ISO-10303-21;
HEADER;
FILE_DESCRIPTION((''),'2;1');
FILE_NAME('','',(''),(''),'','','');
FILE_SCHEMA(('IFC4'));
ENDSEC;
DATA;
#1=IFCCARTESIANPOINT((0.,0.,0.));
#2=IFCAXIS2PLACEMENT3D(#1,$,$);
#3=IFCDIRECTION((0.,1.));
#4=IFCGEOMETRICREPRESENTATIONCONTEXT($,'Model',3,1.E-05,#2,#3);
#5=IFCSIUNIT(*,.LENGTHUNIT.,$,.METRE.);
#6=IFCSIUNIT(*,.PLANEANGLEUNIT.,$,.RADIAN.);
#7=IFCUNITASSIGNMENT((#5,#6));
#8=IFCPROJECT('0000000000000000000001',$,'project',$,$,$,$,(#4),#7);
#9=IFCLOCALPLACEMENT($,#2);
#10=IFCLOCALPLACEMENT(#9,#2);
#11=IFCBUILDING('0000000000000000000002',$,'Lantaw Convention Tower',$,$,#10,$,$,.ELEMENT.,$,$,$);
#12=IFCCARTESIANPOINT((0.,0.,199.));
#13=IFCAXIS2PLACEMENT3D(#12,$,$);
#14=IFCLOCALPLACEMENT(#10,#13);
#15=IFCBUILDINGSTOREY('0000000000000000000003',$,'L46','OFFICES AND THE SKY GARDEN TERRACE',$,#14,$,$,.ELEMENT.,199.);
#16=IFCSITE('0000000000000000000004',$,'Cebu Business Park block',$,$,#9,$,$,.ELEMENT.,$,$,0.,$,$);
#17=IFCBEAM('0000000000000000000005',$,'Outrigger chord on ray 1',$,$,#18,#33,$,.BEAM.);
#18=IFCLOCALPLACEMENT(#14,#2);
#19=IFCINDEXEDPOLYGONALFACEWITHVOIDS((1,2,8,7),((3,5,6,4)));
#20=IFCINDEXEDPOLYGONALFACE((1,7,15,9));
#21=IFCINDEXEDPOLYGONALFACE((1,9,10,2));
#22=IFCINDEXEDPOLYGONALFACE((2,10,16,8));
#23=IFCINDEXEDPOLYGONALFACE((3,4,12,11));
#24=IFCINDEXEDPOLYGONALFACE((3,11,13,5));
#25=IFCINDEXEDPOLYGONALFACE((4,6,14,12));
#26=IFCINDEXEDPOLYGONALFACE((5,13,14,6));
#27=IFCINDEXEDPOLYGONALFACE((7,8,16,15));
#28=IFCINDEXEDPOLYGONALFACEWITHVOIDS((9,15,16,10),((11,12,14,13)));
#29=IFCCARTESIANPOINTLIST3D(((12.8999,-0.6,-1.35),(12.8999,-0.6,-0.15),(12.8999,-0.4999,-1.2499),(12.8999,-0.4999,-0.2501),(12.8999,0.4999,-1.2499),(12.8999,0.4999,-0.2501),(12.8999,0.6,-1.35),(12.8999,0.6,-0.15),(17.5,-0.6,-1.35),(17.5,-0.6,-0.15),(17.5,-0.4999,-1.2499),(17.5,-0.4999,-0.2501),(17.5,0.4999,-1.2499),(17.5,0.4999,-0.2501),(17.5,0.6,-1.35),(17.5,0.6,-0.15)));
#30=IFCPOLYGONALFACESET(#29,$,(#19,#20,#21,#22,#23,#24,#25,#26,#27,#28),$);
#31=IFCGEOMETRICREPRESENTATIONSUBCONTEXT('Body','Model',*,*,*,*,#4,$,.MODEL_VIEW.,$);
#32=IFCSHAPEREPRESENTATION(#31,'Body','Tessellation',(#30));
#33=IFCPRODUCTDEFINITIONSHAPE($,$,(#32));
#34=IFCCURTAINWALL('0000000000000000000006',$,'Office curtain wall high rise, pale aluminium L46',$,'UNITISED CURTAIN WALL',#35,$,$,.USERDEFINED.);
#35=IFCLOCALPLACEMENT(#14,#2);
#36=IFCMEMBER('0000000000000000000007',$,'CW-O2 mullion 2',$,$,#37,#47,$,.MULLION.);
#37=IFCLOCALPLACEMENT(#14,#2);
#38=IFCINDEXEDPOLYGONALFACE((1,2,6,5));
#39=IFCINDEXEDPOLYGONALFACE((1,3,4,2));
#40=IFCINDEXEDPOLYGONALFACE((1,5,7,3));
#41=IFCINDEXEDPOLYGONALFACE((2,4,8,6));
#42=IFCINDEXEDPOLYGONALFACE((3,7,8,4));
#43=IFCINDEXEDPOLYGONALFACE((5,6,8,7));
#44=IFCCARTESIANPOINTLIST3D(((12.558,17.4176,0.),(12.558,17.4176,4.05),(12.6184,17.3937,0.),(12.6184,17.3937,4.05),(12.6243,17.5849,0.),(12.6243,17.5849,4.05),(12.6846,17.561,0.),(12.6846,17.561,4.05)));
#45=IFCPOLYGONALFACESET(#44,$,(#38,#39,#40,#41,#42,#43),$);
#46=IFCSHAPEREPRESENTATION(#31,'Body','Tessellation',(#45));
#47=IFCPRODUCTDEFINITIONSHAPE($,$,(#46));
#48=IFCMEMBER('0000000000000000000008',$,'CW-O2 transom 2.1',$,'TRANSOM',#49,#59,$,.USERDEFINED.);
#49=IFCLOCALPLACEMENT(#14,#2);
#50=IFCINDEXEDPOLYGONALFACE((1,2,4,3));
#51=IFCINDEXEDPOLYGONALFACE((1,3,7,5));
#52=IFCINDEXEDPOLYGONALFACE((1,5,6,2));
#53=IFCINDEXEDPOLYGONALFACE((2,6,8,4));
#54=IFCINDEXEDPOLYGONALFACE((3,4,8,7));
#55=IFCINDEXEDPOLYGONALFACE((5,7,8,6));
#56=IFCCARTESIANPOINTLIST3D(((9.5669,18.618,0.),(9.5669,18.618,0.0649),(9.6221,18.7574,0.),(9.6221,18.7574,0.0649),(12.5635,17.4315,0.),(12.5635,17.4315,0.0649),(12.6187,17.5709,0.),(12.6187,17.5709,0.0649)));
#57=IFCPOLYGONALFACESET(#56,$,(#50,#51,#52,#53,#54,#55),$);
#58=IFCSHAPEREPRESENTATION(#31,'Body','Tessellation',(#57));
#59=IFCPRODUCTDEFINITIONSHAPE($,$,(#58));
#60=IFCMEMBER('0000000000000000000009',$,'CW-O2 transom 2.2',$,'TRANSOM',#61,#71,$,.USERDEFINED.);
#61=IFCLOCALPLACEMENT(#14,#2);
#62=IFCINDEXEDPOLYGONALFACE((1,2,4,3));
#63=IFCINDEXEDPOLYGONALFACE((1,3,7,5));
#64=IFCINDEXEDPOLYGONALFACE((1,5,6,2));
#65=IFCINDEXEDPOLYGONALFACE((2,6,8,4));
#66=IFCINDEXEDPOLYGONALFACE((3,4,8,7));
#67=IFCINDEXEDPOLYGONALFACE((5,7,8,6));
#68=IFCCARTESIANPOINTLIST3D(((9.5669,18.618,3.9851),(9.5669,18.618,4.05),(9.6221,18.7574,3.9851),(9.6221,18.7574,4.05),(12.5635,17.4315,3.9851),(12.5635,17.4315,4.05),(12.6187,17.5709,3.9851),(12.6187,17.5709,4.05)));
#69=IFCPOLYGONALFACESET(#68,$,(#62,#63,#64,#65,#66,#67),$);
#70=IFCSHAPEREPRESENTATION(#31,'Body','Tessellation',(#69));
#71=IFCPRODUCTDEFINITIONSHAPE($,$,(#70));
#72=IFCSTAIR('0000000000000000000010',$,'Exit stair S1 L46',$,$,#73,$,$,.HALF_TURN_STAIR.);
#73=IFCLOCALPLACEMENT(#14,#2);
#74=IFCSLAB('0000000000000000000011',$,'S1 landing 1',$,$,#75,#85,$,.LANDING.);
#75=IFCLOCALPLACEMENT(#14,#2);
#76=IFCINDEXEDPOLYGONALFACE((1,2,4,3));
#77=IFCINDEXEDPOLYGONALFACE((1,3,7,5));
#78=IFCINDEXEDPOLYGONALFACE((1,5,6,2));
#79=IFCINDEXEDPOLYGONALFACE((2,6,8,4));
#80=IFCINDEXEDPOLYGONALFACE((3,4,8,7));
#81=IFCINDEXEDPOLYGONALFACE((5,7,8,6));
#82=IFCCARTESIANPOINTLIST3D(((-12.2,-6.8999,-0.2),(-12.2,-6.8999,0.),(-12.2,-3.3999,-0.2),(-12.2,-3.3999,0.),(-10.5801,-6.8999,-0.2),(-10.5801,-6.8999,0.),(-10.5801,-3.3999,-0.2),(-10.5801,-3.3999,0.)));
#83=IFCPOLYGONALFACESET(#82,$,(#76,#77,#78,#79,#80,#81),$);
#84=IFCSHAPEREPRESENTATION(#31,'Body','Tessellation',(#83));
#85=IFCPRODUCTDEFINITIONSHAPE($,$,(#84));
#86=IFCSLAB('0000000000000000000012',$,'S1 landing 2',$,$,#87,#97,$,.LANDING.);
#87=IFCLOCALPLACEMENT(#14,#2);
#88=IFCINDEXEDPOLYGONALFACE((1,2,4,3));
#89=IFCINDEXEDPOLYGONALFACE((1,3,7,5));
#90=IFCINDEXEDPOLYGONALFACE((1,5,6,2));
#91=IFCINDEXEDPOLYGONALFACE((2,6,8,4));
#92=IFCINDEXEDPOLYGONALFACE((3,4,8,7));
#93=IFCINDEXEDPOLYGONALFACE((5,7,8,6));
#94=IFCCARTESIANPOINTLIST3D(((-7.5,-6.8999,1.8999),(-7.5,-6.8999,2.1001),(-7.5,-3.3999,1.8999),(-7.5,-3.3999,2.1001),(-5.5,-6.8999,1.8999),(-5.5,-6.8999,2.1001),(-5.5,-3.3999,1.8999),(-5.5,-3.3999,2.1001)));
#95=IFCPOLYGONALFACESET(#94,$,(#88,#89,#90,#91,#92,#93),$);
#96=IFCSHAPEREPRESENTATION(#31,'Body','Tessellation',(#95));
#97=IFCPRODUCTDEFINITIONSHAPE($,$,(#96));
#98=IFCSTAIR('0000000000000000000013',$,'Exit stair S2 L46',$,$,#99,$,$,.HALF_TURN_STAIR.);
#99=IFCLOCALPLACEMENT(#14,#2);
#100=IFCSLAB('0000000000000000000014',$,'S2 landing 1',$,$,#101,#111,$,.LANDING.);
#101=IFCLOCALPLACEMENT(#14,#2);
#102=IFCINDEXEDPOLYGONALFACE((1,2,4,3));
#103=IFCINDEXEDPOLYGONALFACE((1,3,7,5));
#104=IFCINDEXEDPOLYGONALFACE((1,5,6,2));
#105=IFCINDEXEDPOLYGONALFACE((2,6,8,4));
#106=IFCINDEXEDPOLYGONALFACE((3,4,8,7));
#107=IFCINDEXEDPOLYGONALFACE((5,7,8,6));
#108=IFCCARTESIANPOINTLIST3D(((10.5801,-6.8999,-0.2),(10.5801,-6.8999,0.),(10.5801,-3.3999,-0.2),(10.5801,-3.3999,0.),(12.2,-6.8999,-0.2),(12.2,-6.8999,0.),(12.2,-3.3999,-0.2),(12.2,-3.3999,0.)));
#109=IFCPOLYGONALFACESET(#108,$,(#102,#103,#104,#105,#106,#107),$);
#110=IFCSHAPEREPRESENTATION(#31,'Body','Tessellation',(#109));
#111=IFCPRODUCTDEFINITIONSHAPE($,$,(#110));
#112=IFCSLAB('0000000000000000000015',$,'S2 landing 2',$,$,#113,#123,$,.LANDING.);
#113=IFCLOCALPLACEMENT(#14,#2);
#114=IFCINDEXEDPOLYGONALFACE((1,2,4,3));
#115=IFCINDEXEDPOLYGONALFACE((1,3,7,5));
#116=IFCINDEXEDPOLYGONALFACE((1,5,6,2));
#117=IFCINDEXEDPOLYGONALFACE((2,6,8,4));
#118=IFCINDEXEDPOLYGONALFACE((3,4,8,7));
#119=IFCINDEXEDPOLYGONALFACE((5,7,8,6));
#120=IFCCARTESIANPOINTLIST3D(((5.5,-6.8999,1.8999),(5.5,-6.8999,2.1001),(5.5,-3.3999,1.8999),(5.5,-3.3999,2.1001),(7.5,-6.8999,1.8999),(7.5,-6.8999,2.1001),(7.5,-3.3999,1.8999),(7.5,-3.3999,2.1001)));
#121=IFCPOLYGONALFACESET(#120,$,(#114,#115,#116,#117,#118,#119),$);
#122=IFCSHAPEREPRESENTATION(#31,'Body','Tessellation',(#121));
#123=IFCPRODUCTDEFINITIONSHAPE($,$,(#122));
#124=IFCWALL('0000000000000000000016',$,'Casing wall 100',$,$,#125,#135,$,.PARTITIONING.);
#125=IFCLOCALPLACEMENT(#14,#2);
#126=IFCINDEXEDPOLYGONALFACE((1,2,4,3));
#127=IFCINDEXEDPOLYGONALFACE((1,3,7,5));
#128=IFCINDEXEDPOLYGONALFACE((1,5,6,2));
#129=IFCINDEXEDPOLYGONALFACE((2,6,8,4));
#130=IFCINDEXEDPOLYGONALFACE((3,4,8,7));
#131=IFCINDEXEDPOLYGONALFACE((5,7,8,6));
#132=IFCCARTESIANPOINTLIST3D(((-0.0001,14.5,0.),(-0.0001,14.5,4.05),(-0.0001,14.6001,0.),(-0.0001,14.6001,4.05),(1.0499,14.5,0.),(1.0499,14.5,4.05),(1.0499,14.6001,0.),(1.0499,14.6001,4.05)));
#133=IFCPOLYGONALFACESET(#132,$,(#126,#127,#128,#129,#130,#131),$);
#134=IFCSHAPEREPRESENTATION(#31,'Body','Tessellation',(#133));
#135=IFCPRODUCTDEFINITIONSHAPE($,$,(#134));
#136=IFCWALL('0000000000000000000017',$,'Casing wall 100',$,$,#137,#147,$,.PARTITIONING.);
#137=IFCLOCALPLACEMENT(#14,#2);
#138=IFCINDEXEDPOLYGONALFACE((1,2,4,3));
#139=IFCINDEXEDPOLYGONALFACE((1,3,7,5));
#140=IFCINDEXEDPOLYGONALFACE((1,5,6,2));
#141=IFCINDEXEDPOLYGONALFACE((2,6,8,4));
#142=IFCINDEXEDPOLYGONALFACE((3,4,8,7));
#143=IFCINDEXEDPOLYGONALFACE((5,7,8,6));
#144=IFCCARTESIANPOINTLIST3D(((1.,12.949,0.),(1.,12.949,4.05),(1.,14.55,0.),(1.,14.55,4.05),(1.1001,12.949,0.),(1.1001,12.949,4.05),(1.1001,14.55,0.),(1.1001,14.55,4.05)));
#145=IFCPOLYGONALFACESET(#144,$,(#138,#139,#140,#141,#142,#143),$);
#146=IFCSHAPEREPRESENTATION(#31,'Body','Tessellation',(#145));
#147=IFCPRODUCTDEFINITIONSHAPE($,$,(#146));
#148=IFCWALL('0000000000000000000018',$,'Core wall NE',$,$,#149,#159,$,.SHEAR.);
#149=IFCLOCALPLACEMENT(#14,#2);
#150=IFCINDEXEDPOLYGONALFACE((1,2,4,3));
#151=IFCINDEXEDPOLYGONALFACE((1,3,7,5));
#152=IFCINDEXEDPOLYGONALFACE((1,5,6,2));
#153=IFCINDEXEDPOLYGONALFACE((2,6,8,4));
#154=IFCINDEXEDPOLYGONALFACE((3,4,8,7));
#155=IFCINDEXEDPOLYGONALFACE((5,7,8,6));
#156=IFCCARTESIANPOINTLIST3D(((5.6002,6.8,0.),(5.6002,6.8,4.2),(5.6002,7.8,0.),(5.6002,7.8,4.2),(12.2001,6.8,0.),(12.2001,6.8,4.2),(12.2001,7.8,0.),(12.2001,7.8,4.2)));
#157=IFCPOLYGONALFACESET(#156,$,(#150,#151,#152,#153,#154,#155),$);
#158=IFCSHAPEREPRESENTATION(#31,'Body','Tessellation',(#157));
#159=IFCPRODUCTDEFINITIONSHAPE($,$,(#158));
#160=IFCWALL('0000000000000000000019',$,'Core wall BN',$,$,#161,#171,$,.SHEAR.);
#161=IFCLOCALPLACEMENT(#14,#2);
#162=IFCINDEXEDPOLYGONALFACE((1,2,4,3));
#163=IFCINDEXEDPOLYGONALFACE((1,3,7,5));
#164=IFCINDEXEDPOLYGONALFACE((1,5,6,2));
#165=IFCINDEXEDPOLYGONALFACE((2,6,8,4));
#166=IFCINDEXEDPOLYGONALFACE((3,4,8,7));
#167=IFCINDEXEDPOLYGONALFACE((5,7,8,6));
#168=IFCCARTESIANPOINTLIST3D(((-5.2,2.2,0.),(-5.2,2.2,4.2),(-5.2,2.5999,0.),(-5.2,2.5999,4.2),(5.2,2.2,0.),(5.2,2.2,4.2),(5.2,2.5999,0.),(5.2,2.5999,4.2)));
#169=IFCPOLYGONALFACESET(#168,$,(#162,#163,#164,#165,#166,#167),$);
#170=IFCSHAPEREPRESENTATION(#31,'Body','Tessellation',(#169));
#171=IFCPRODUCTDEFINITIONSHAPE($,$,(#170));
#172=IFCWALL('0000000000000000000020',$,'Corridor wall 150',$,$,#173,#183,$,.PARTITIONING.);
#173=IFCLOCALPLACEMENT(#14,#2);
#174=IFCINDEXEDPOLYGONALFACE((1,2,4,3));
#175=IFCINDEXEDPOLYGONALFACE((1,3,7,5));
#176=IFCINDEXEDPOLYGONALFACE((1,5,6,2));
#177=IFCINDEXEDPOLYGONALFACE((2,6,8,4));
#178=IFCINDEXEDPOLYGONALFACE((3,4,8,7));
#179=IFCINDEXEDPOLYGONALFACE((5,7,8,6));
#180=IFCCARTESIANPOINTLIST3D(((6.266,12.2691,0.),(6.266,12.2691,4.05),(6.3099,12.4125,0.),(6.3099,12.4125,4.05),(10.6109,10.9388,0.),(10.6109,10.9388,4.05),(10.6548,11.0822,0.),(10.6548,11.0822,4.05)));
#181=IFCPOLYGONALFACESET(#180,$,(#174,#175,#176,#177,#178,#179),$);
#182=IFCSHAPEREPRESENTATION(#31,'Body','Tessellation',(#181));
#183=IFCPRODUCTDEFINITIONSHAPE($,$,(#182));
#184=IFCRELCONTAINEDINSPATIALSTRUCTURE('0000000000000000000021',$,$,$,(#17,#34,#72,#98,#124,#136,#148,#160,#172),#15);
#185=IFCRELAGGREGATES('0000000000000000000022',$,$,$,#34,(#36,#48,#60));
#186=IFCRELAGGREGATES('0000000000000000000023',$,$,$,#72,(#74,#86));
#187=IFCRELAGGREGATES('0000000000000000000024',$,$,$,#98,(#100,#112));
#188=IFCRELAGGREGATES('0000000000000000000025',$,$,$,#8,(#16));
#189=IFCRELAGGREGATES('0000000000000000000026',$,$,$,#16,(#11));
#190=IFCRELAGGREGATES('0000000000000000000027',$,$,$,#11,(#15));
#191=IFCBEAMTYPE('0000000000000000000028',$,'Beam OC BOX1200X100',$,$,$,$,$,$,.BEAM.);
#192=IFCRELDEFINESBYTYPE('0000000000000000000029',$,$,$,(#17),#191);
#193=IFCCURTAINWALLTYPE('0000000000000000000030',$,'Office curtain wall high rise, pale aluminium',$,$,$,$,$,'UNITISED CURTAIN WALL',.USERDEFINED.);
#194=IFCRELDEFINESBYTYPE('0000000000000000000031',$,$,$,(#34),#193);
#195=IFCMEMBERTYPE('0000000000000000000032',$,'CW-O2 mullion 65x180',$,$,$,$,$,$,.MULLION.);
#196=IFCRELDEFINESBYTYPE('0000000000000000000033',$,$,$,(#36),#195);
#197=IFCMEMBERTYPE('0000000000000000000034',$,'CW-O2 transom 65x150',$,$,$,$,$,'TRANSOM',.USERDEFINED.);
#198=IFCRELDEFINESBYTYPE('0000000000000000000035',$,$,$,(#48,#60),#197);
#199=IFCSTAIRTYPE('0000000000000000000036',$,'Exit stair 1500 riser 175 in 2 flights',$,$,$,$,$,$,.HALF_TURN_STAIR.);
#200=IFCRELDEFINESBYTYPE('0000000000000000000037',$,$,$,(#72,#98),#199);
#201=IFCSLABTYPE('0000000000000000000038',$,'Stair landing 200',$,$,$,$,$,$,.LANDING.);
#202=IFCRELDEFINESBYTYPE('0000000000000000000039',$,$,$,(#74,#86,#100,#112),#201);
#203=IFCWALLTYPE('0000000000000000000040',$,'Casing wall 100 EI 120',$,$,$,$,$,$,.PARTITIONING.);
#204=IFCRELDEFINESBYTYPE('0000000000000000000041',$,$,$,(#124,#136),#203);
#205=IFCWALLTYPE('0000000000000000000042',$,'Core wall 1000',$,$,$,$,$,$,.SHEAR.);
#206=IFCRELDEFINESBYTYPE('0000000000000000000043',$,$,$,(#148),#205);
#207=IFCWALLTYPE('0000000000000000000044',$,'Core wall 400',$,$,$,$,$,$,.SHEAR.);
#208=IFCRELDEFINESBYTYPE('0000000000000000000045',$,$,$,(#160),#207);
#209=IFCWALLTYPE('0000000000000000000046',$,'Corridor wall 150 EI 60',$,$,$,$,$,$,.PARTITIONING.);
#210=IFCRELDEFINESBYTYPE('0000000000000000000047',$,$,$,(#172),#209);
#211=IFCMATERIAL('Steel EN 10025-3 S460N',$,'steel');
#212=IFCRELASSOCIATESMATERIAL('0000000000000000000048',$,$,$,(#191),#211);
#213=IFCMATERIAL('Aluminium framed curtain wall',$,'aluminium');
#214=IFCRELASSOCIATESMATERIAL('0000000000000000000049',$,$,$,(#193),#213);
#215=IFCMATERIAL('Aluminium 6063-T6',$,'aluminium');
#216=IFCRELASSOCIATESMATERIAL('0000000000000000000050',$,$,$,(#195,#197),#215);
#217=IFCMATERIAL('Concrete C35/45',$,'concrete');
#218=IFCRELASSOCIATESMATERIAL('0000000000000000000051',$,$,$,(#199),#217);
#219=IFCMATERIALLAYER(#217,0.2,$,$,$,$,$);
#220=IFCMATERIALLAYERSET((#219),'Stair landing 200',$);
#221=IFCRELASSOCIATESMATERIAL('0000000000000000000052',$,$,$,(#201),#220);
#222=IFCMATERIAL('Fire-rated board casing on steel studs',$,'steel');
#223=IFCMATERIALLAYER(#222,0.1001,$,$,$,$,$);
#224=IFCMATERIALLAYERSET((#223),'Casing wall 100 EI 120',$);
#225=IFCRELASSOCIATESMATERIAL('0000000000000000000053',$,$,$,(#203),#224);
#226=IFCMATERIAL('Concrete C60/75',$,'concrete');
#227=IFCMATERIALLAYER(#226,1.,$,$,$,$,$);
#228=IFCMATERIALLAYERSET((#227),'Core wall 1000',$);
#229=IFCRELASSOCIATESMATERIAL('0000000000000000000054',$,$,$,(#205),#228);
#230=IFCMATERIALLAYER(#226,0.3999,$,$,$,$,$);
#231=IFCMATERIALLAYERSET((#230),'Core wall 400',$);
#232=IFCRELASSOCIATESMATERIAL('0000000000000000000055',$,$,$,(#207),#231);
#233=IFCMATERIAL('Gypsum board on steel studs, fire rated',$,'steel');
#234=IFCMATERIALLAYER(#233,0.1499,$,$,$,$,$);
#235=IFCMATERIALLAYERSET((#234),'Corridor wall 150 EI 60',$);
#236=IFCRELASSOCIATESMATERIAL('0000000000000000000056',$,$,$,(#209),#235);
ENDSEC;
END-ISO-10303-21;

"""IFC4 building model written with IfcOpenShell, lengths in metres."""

from ifc_helpers import new_model, si_unit, direction, frame, frame_2d, origin, origin_2d, place, context, subcontext, project, spatial, polyline, rectangle, hollow_rectangle, outline, extrude, material, layer, layer_set, material_profile, profile_set, type_object, element, aggregate, save


model = new_model("IFC4")

# Units and contexts
model_context = context("Model", 3, precision=1e-05, world=origin(), true_north=direction((0.0, 1.0)))
body_context = subcontext(model_context, "Body", "Model", "MODEL_VIEW")
ifc_project = project(units=[si_unit("LENGTHUNIT", "METRE"), si_unit("PLANEANGLEUNIT", "RADIAN")], contexts=[model_context])

# Site, building, storey
site_placement = place(None, origin())
site = spatial("IfcSite", under=ifc_project, at=site_placement, Name="Cebu Business Park block", CompositionType="ELEMENT", RefElevation=0.0)
building_placement = place(site_placement, origin())
building = spatial("IfcBuilding", under=site, at=building_placement, Name="Lantaw Convention Tower", CompositionType="ELEMENT")
storey_placement = place(building_placement, frame((0.0, 0.0, 199.0)))
storey = spatial("IfcBuildingStorey", under=building, at=storey_placement, Name="L46", Description="OFFICES AND THE SKY GARDEN TERRACE", CompositionType="ELEMENT", Elevation=199.0)

# Shared definitions
ifc_material_1 = material(Name="Concrete C60/75", Category="concrete")

# Beam
ifc_material_2 = material(Name="Steel EN 10025-3 S460N", Category="steel")
ifc_material_profile_1 = material_profile(ifc_material_2, hollow_rectangle(XDim=1.2, YDim=1.2, WallThickness=0.1001, at=origin_2d()), Name="BOX1200X100")
ifc_profile_set_1 = profile_set([ifc_material_profile_1], Name="Steel EN 10025-3 S460N")
beam_type_1 = type_object("IfcBeamType", Name="Beam OC BOX1200X100", PredefinedType="BEAM", material=ifc_profile_set_1)
beam_1_placement = place(storey_placement, frame((12.8999, 0.0, -0.75), z_axis=(1.0, 0.0, 0.0), x_axis=(0.0, 1.0, 0.0)))
element("IfcBeam", 1, at=beam_1_placement, inside=storey, type_object=beam_type_1, Name="Outrigger chord on ray 1", PredefinedType="BEAM", context=body_context, shape_type="SweptSolid", body=[
    extrude(hollow_rectangle(XDim=1.2, YDim=1.2, WallThickness=0.1001, at=origin_2d()), origin(), (0.0, 0.0, 1.0), 4.6001),
])

# Curtain wall, members
ifc_material_3 = material(Name="Aluminium framed curtain wall", Category="aluminium")
curtain_wall_type = type_object("IfcCurtainWallType", Name="Office curtain wall high rise, pale aluminium", ElementType="UNITISED CURTAIN WALL", PredefinedType="USERDEFINED", material=ifc_material_3)
curtain_wall_placement = place(storey_placement, origin())
curtain_wall = element("IfcCurtainWall", 2, at=curtain_wall_placement, inside=storey, type_object=curtain_wall_type, Name="Office curtain wall high rise, pale aluminium L46", ObjectType="UNITISED CURTAIN WALL", PredefinedType="USERDEFINED")
ifc_material_4 = material(Name="Aluminium 6063-T6", Category="aluminium")
ifc_material_profile_2 = material_profile(ifc_material_4, rectangle(XDim=0.1799, YDim=0.0649, at=origin_2d()), Name="CW-O2 mullion 65x180")
ifc_profile_set_2 = profile_set([ifc_material_profile_2], Name="Aluminium 6063-T6")
member_type_1 = type_object("IfcMemberType", Name="CW-O2 mullion 65x180", PredefinedType="MULLION", material=ifc_profile_set_2)
member_1_placement = place(storey_placement, frame((12.6213, 17.4893, 0.0), z_axis=(0.0, 0.0, 1.0), x_axis=(-0.368162, -0.929762, 0.0)))
member_1 = element("IfcMember", 3, at=member_1_placement, type_object=member_type_1, Name="CW-O2 mullion 2", PredefinedType="MULLION", context=body_context, shape_type="SweptSolid", body=[
    extrude(rectangle(XDim=0.1799, YDim=0.0649, at=origin_2d()), origin(), (0.0, 0.0, 1.0), 4.05),
])
ifc_material_profile_3 = material_profile(ifc_material_4, rectangle(XDim=0.1499, YDim=0.0649, at=origin_2d()), Name="CW-O2 transom 65x150")
ifc_profile_set_3 = profile_set([ifc_material_profile_3], Name="Aluminium 6063-T6")
member_type_2 = type_object("IfcMemberType", Name="CW-O2 transom 65x150", ElementType="TRANSOM", PredefinedType="USERDEFINED", material=ifc_profile_set_3)
member_2_placement = place(storey_placement, frame((12.5911, 17.5012, 0.0325), z_axis=(-0.929767, 0.368149, 0.0), x_axis=(-0.368149, -0.929767, 0.0)))
member_2 = element("IfcMember", 4, at=member_2_placement, type_object=member_type_2, Name="CW-O2 transom 2.1", ObjectType="TRANSOM", PredefinedType="USERDEFINED", context=body_context, shape_type="SweptSolid", body=[
    extrude(rectangle(XDim=0.1499, YDim=0.0649, at=origin_2d()), origin(), (0.0, 0.0, 1.0), 3.2229),
])
member_3_placement = place(storey_placement, frame((12.5911, 17.5012, 4.0176), z_axis=(-0.929767, 0.368149, 0.0), x_axis=(-0.368149, -0.929767, 0.0)))
member_3 = element("IfcMember", 5, at=member_3_placement, type_object=member_type_2, Name="CW-O2 transom 2.2", ObjectType="TRANSOM", PredefinedType="USERDEFINED", context=body_context, shape_type="SweptSolid", body=[
    extrude(rectangle(XDim=0.1499, YDim=0.0649, at=origin_2d()), origin(), (0.0, 0.0, 1.0), 3.2229),
])
aggregate(curtain_wall, [member_1, member_2, member_3])

# Stairs, slabs
ifc_material_5 = material(Name="Concrete C35/45", Category="concrete")
stair_type = type_object("IfcStairType", Name="Exit stair 1500 riser 175 in 2 flights", PredefinedType="HALF_TURN_STAIR", material=ifc_material_5)
stair_1_placement = place(storey_placement, origin())
stair_1 = element("IfcStair", 6, at=stair_1_placement, inside=storey, type_object=stair_type, Name="Exit stair S1 L46", PredefinedType="HALF_TURN_STAIR")
ifc_layer_1 = layer(ifc_material_5, 0.2)
ifc_layer_set_1 = layer_set([ifc_layer_1], Name="Stair landing 200")
slab_type = type_object("IfcSlabType", Name="Stair landing 200", PredefinedType="LANDING", material=ifc_layer_set_1)
slab_1_placement = place(storey_placement, frame((0.0, 0.0, -0.2)))
slab_1 = element("IfcSlab", 7, at=slab_1_placement, type_object=slab_type, Name="S1 landing 1", PredefinedType="LANDING", context=body_context, shape_type="SweptSolid", body=[
    extrude(outline(polyline([(-12.2, -6.8999), (-10.5801, -6.8999), (-10.5801, -3.3999), (-12.2, -3.3999), (-12.2, -6.8999)])), origin(), (0.0, 0.0, 1.0), 0.2),
])
slab_2_placement = place(storey_placement, frame((0.0, 0.0, 1.8999)))
slab_2 = element("IfcSlab", 8, at=slab_2_placement, type_object=slab_type, Name="S1 landing 2", PredefinedType="LANDING", context=body_context, shape_type="SweptSolid", body=[
    extrude(outline(polyline([(-7.5, -6.8999), (-5.5, -6.8999), (-5.5, -3.3999), (-7.5, -3.3999), (-7.5, -6.8999)])), origin(), (0.0, 0.0, 1.0), 0.2002),
])
aggregate(stair_1, [slab_1, slab_2])
stair_2_placement = place(storey_placement, origin())
stair_2 = element("IfcStair", 9, at=stair_2_placement, inside=storey, type_object=stair_type, Name="Exit stair S2 L46", PredefinedType="HALF_TURN_STAIR")
slab_3_placement = place(storey_placement, frame((0.0, 0.0, -0.2)))
slab_3 = element("IfcSlab", 10, at=slab_3_placement, type_object=slab_type, Name="S2 landing 1", PredefinedType="LANDING", context=body_context, shape_type="SweptSolid", body=[
    extrude(outline(polyline([(10.5801, -6.8999), (12.2, -6.8999), (12.2, -3.3999), (10.5801, -3.3999), (10.5801, -6.8999)])), origin(), (0.0, 0.0, 1.0), 0.2),
])
slab_4_placement = place(storey_placement, frame((0.0, 0.0, 1.8999)))
slab_4 = element("IfcSlab", 11, at=slab_4_placement, type_object=slab_type, Name="S2 landing 2", PredefinedType="LANDING", context=body_context, shape_type="SweptSolid", body=[
    extrude(outline(polyline([(5.5, -6.8999), (7.5, -6.8999), (7.5, -3.3999), (5.5, -3.3999), (5.5, -6.8999)])), origin(), (0.0, 0.0, 1.0), 0.2002),
])
aggregate(stair_2, [slab_3, slab_4])

# Walls
ifc_material_6 = material(Name="Fire-rated board casing on steel studs", Category="steel")
ifc_layer_2 = layer(ifc_material_6, 0.1001)
ifc_layer_set_2 = layer_set([ifc_layer_2], Name="Casing wall 100 EI 120")
wall_type_1 = type_object("IfcWallType", Name="Casing wall 100 EI 120", PredefinedType="PARTITIONING", material=ifc_layer_set_2)
wall_1_placement = place(storey_placement, frame((0.0, 14.55, 0.0), z_axis=(0.0, 0.0, 1.0), x_axis=(1.0, 0.0, 0.0)))
element("IfcWall", 12, at=wall_1_placement, inside=storey, type_object=wall_type_1, Name="Casing wall 100", PredefinedType="PARTITIONING", context=body_context, shape_type="SweptSolid", body=[
    extrude(rectangle(XDim=1.05, YDim=0.1001, at=frame_2d((0.5249, 0.0))), origin(), (0.0, 0.0, 1.0), 4.05),
])
wall_2_placement = place(storey_placement, frame((1.05, 14.55, 0.0), z_axis=(0.0, 0.0, 1.0), x_axis=(0.0, -1.0, 0.0)))
element("IfcWall", 13, at=wall_2_placement, inside=storey, type_object=wall_type_1, Name="Casing wall 100", PredefinedType="PARTITIONING", context=body_context, shape_type="SweptSolid", body=[
    extrude(rectangle(XDim=1.6011, YDim=0.1001, at=frame_2d((0.8005, 0.0))), origin(), (0.0, 0.0, 1.0), 4.05),
])
ifc_layer_3 = layer(ifc_material_1, 1.0)
ifc_layer_set_3 = layer_set([ifc_layer_3], Name="Core wall 1000")
wall_type_2 = type_object("IfcWallType", Name="Core wall 1000", PredefinedType="SHEAR", material=ifc_layer_set_3)
wall_3_placement = place(storey_placement, frame((12.2, 7.3, 0.0), z_axis=(0.0, 0.0, 1.0), x_axis=(-1.0, 0.0, 0.0)))
element("IfcWall", 14, at=wall_3_placement, inside=storey, type_object=wall_type_2, Name="Core wall NE", PredefinedType="SHEAR", context=body_context, shape_type="SweptSolid", body=[
    extrude(rectangle(XDim=6.5999, YDim=1.0, at=frame_2d((3.2998, 0.0))), origin(), (0.0, 0.0, 1.0), 4.2),
])
ifc_layer_4 = layer(ifc_material_1, 0.3999)
ifc_layer_set_4 = layer_set([ifc_layer_4], Name="Core wall 400")
wall_type_3 = type_object("IfcWallType", Name="Core wall 400", PredefinedType="SHEAR", material=ifc_layer_set_4)
wall_4_placement = place(storey_placement, frame((5.2, 2.3999, 0.0), z_axis=(0.0, 0.0, 1.0), x_axis=(-1.0, 0.0, 0.0)))
element("IfcWall", 15, at=wall_4_placement, inside=storey, type_object=wall_type_3, Name="Core wall BN", PredefinedType="SHEAR", context=body_context, shape_type="SweptSolid", body=[
    extrude(rectangle(XDim=10.3999, YDim=0.3999, at=frame_2d((5.2, 0.0))), origin(), (0.0, 0.0, 1.0), 4.2),
])
ifc_material_7 = material(Name="Gypsum board on steel studs, fire rated", Category="steel")
ifc_layer_5 = layer(ifc_material_7, 0.1499)
ifc_layer_set_5 = layer_set([ifc_layer_5], Name="Corridor wall 150 EI 60")
wall_type_4 = type_object("IfcWallType", Name="Corridor wall 150 EI 60", PredefinedType="PARTITIONING", material=ifc_layer_set_5)
wall_5_placement = place(storey_placement, frame((10.6328, 11.0105, 0.0), z_axis=(0.0, 0.0, 1.0), x_axis=(-0.956186, 0.29276, 0.0)))
element("IfcWall", 16, at=wall_5_placement, inside=storey, type_object=wall_type_4, Name="Corridor wall 150", PredefinedType="PARTITIONING", context=body_context, shape_type="SweptSolid", body=[
    extrude(rectangle(XDim=4.5439, YDim=0.1499, at=frame_2d((2.272, 0.0))), origin(), (0.0, 0.0, 1.0), 4.05),
])

save(model, "model.ifc")
